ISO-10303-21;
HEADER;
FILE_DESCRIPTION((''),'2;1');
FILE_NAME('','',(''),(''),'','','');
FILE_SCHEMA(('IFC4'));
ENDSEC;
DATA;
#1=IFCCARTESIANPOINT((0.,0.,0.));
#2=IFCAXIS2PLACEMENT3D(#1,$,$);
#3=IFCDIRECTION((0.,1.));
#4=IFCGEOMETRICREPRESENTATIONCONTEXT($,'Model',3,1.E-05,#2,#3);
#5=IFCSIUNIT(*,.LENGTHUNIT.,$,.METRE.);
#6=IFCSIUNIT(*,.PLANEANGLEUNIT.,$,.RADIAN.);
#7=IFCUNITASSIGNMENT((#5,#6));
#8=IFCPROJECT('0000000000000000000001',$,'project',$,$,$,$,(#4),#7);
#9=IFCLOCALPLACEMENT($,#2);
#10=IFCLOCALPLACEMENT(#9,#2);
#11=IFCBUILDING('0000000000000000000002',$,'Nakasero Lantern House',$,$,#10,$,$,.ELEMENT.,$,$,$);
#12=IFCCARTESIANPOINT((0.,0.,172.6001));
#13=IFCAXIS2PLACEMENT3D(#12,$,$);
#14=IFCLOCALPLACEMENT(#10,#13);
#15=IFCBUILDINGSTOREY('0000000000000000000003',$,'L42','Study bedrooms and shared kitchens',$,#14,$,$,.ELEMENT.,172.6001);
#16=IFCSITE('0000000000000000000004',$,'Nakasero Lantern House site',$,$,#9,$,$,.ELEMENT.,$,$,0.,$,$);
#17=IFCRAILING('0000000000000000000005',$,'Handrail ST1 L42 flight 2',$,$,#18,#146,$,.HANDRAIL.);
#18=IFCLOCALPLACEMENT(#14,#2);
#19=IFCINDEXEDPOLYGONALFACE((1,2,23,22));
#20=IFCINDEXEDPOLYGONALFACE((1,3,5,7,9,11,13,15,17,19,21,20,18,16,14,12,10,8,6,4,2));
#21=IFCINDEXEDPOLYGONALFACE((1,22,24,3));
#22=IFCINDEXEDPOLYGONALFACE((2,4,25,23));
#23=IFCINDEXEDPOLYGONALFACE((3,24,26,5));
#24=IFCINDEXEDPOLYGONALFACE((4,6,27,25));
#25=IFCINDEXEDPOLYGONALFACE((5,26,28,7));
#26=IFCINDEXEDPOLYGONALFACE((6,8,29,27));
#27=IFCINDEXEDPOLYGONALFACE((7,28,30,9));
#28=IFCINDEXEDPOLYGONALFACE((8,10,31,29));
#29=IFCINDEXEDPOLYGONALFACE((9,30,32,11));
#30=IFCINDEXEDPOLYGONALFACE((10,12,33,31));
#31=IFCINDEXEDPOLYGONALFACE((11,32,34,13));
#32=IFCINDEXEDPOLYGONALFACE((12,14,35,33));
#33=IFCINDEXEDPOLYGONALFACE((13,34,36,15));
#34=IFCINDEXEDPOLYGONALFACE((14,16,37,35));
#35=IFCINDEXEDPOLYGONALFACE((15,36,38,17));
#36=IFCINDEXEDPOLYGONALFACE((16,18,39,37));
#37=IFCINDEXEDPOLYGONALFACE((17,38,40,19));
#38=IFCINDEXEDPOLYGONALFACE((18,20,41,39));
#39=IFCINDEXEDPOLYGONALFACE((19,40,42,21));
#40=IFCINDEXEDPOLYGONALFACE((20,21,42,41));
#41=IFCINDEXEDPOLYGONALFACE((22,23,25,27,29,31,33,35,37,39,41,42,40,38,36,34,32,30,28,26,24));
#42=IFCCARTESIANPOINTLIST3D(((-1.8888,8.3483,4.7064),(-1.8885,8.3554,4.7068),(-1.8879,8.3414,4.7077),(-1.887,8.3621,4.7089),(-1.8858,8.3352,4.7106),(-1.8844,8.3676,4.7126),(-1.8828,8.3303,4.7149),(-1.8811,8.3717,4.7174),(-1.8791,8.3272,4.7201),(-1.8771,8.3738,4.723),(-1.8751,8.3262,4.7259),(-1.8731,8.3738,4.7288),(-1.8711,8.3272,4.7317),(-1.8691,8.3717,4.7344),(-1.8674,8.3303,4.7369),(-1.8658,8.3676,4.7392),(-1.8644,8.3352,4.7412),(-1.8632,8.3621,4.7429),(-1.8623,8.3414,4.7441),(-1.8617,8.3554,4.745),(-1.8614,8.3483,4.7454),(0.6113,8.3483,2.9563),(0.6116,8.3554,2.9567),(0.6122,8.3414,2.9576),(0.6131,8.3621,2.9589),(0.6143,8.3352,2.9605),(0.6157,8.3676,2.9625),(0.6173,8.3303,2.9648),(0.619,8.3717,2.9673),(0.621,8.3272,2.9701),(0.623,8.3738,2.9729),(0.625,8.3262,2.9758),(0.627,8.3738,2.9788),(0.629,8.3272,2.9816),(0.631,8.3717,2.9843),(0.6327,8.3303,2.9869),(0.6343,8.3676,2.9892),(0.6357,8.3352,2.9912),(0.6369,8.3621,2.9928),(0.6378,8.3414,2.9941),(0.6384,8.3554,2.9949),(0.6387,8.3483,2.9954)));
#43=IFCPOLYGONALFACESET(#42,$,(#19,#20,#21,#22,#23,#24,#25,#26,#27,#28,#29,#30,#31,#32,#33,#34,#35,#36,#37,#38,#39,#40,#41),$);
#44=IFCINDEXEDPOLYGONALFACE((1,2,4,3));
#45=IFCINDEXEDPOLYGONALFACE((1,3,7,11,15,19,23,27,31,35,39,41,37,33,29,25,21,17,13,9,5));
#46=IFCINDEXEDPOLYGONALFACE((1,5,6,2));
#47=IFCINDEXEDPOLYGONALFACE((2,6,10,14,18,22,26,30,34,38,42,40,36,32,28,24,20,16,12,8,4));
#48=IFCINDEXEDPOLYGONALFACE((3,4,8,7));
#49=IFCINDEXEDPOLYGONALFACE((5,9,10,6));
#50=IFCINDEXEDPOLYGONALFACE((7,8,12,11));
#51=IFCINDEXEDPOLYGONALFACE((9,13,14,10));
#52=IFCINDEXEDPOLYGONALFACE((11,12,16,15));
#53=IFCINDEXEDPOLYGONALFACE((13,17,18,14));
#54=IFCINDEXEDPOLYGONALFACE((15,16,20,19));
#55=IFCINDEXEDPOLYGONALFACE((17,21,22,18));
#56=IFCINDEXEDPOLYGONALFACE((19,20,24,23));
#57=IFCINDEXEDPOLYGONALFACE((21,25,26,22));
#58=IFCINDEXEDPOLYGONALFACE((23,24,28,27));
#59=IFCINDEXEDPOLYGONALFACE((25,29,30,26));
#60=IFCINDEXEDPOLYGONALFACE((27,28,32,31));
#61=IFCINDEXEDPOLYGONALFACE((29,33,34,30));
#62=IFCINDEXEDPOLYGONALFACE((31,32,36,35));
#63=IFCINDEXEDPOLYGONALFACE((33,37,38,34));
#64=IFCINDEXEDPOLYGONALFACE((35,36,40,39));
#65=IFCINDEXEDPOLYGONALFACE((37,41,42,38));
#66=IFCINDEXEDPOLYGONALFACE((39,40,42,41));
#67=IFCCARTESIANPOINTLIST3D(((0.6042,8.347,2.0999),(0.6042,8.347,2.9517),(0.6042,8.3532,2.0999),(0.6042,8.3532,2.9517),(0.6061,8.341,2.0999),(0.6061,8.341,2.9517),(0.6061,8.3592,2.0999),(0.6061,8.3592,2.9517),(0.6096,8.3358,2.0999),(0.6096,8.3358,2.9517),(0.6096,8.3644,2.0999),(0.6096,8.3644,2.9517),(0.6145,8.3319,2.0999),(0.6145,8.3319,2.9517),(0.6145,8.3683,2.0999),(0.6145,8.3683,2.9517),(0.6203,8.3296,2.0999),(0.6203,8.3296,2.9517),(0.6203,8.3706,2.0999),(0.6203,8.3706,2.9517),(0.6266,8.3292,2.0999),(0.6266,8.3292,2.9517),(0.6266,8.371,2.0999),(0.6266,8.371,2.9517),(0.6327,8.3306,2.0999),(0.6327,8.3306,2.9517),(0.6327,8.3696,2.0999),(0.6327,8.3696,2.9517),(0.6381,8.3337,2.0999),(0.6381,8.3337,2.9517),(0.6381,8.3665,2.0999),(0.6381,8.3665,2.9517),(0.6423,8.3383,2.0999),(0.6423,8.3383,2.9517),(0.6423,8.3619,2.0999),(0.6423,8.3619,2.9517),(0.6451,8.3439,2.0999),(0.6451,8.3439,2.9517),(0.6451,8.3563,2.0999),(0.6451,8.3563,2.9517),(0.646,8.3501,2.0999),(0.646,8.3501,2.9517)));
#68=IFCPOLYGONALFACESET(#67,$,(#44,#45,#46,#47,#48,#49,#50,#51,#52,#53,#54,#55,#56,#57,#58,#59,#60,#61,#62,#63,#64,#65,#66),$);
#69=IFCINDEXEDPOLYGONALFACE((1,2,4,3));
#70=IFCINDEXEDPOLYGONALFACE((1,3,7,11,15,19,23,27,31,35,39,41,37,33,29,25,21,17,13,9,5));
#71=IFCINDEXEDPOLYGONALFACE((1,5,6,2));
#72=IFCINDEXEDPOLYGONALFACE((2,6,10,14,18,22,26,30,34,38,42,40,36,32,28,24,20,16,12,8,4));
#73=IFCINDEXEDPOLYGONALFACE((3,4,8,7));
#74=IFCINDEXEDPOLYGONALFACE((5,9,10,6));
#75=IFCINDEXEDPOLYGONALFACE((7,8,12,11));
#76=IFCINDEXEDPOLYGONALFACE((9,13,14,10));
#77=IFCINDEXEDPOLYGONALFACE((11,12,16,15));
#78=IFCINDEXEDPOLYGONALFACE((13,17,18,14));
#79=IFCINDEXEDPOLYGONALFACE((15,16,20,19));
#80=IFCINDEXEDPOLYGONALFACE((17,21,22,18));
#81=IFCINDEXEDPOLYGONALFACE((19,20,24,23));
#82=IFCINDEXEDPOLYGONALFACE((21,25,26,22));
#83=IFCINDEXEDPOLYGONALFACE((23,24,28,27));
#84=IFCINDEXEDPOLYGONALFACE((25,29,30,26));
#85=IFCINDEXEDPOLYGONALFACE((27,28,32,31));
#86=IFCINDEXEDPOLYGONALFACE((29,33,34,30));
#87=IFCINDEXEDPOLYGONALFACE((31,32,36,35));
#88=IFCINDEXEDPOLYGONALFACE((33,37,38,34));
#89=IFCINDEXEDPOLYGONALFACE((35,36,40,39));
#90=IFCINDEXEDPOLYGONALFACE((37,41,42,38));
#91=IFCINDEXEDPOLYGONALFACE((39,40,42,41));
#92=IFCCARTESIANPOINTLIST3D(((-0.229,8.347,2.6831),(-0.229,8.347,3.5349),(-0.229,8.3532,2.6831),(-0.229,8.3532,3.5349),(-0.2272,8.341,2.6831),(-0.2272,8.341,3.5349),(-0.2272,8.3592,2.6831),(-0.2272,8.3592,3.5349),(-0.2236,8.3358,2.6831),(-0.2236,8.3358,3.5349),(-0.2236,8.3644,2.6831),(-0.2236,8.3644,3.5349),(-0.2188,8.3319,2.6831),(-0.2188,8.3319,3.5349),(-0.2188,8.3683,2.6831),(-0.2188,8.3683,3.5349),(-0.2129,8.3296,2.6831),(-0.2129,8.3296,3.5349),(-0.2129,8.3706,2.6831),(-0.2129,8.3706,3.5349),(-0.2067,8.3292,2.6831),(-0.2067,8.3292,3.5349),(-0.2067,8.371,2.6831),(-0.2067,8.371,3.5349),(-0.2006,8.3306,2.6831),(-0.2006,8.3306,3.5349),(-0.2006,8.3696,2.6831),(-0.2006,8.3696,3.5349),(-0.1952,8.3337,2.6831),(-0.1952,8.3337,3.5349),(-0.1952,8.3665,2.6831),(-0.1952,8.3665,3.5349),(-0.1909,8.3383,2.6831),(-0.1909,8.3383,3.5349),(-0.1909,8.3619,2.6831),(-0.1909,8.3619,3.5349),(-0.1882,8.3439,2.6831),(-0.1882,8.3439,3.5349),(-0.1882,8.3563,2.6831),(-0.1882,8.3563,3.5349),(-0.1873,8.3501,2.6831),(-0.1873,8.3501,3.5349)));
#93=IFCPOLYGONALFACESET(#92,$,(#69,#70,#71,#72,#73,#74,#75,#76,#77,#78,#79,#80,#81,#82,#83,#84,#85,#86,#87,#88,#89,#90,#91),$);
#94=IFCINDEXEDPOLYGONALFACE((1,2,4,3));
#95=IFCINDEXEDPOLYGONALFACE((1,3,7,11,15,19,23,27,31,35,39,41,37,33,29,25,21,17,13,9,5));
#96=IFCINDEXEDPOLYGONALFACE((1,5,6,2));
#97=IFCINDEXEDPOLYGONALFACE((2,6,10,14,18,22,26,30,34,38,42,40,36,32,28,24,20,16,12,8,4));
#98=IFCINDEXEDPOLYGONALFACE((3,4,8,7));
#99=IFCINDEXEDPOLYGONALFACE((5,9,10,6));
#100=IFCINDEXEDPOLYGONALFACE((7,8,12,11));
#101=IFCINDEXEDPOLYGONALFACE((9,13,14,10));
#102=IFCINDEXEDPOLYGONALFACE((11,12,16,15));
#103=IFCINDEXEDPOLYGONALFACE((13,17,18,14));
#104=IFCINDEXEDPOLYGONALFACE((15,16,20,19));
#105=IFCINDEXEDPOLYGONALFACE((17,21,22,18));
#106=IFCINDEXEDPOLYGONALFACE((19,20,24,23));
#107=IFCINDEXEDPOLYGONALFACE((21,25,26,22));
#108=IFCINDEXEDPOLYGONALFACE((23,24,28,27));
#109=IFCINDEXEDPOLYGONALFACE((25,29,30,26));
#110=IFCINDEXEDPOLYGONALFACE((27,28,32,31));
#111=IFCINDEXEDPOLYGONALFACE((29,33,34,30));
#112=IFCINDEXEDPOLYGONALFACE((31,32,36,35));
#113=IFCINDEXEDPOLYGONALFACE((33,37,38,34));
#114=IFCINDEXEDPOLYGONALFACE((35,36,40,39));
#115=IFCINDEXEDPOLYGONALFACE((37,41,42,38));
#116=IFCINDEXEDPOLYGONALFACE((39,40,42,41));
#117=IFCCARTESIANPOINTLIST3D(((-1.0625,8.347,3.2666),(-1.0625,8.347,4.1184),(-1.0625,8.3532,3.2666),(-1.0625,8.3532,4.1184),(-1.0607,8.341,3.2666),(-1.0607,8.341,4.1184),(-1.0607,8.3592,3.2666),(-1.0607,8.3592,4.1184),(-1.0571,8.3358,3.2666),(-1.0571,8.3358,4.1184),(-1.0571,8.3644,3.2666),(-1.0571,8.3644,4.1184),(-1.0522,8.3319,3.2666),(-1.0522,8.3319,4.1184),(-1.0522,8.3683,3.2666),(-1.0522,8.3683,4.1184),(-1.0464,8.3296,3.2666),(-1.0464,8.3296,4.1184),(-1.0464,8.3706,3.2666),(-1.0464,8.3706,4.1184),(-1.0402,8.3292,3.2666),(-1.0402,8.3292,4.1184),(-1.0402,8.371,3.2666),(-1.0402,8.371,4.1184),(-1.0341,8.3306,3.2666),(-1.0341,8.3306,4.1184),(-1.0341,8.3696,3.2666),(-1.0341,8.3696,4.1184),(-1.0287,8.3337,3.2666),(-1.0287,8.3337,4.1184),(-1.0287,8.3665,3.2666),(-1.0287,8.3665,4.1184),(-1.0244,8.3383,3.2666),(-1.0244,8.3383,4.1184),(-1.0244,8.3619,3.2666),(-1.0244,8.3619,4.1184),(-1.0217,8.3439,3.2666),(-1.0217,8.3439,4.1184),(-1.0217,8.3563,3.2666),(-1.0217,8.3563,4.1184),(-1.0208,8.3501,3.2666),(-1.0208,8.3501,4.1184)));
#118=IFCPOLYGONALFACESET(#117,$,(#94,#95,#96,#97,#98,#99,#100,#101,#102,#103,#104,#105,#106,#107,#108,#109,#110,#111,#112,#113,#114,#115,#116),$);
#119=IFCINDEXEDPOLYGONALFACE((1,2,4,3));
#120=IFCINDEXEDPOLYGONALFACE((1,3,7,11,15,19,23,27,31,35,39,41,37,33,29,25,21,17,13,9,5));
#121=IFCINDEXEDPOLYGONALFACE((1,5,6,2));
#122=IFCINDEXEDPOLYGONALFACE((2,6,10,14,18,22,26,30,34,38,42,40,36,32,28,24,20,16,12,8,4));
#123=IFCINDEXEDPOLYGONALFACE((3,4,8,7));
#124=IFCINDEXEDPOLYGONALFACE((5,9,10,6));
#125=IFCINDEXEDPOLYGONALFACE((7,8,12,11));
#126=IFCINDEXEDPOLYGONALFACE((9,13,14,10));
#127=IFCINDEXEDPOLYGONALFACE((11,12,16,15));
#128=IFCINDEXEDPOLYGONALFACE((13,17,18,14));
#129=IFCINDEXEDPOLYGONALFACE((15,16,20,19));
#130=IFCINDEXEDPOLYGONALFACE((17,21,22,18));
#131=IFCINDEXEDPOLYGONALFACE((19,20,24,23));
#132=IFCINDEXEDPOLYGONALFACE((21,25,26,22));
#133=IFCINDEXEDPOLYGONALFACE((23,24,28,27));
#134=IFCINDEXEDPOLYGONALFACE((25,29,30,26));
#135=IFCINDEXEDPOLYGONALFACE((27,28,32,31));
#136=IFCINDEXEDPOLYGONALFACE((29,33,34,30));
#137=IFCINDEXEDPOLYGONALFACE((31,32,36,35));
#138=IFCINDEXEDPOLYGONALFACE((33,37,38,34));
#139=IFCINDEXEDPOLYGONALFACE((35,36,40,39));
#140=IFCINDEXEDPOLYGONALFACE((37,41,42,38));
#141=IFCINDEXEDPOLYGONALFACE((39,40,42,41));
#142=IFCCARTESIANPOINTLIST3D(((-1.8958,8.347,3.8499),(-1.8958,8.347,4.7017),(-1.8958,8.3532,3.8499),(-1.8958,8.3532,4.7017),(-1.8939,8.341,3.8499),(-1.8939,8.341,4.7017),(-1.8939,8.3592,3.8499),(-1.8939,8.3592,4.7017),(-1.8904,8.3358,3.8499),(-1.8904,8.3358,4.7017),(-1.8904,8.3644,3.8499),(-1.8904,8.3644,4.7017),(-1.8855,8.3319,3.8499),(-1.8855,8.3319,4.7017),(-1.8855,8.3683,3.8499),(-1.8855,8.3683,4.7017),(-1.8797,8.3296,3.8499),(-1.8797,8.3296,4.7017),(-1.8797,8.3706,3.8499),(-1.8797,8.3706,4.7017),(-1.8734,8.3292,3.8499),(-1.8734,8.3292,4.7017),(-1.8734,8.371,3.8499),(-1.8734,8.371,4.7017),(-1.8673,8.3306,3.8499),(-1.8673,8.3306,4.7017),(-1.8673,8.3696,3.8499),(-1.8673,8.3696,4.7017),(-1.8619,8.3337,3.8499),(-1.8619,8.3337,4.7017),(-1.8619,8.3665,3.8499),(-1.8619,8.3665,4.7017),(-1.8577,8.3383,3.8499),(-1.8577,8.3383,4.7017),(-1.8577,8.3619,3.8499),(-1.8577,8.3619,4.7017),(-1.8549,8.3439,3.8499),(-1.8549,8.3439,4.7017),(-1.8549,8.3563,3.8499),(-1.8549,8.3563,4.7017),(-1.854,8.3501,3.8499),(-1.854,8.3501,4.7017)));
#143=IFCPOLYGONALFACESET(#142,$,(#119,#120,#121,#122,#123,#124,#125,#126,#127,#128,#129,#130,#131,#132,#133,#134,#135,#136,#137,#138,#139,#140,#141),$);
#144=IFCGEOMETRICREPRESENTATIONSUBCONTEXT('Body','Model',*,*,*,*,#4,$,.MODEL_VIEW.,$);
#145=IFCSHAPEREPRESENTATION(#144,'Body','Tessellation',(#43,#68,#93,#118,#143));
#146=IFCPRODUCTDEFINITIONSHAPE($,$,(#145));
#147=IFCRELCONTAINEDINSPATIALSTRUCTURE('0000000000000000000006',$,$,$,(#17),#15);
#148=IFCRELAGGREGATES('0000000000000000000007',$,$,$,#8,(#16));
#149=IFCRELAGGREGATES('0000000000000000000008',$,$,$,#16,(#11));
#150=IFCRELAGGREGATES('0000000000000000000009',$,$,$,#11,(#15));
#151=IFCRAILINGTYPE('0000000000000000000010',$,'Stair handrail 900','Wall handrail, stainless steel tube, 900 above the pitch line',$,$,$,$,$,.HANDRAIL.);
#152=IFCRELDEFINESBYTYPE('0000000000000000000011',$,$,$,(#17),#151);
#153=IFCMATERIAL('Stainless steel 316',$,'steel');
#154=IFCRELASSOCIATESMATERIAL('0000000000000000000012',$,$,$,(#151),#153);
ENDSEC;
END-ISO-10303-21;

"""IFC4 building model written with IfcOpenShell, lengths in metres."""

from ifc_helpers import new_model, si_unit, direction, frame, origin, origin_2d, place, context, subcontext, project, spatial, circle, extrude, material, type_object, element, save


model = new_model("IFC4")

# Units and contexts
model_context = context("Model", 3, precision=1e-05, world=origin(), true_north=direction((0.0, 1.0)))
body_context = subcontext(model_context, "Body", "Model", "MODEL_VIEW")
ifc_project = project(units=[si_unit("LENGTHUNIT", "METRE"), si_unit("PLANEANGLEUNIT", "RADIAN")], contexts=[model_context])

# Site, building, storey
site_placement = place(None, origin())
site = spatial("IfcSite", under=ifc_project, at=site_placement, Name="Nakasero Lantern House site", CompositionType="ELEMENT", RefElevation=0.0)
building_placement = place(site_placement, origin())
building = spatial("IfcBuilding", under=site, at=building_placement, Name="Nakasero Lantern House", CompositionType="ELEMENT")
storey_placement = place(building_placement, frame((0.0, 0.0, 172.6001)))
storey = spatial("IfcBuildingStorey", under=building, at=storey_placement, Name="L42", Description="Study bedrooms and shared kitchens", CompositionType="ELEMENT", Elevation=172.6001)

# Railing
ifc_material_1 = material(Name="Stainless steel 316", Category="steel")
railing_type = type_object("IfcRailingType", Name="Stair handrail 900", Description="Wall handrail, stainless steel tube, 900 above the pitch line", PredefinedType="HANDRAIL", material=ifc_material_1)
railing_placement = place(storey_placement, frame((0.625, 8.3501, 2.0999)))
element("IfcRailing", 1, at=railing_placement, inside=storey, type_object=railing_type, Name="Handrail ST1 L42 flight 2", PredefinedType="HANDRAIL", context=body_context, shape_type="SweptSolid", body=[
    extrude(circle(Radius=0.0239, at=origin_2d()), frame((0.0, 0.0, 0.876), z_axis=(-0.819232, 0.0, 0.573462), x_axis=(0.0, -1.0, 0.0)), (0.0, 0.0, 1.0), 3.0518),
    extrude(circle(Radius=0.021, at=origin_2d()), origin(), (0.0, 0.0, 1.0), 0.8518),
    extrude(circle(Radius=0.021, at=origin_2d()), frame((-0.8333, 0.0, 0.5833)), (0.0, 0.0, 1.0), 0.8518),
    extrude(circle(Radius=0.021, at=origin_2d()), frame((-1.6667, 0.0, 1.1667)), (0.0, 0.0, 1.0), 0.8518),
    extrude(circle(Radius=0.021, at=origin_2d()), frame((-2.5, 0.0, 1.75)), (0.0, 0.0, 1.0), 0.8518),
])

save(model, "model.ifc")
